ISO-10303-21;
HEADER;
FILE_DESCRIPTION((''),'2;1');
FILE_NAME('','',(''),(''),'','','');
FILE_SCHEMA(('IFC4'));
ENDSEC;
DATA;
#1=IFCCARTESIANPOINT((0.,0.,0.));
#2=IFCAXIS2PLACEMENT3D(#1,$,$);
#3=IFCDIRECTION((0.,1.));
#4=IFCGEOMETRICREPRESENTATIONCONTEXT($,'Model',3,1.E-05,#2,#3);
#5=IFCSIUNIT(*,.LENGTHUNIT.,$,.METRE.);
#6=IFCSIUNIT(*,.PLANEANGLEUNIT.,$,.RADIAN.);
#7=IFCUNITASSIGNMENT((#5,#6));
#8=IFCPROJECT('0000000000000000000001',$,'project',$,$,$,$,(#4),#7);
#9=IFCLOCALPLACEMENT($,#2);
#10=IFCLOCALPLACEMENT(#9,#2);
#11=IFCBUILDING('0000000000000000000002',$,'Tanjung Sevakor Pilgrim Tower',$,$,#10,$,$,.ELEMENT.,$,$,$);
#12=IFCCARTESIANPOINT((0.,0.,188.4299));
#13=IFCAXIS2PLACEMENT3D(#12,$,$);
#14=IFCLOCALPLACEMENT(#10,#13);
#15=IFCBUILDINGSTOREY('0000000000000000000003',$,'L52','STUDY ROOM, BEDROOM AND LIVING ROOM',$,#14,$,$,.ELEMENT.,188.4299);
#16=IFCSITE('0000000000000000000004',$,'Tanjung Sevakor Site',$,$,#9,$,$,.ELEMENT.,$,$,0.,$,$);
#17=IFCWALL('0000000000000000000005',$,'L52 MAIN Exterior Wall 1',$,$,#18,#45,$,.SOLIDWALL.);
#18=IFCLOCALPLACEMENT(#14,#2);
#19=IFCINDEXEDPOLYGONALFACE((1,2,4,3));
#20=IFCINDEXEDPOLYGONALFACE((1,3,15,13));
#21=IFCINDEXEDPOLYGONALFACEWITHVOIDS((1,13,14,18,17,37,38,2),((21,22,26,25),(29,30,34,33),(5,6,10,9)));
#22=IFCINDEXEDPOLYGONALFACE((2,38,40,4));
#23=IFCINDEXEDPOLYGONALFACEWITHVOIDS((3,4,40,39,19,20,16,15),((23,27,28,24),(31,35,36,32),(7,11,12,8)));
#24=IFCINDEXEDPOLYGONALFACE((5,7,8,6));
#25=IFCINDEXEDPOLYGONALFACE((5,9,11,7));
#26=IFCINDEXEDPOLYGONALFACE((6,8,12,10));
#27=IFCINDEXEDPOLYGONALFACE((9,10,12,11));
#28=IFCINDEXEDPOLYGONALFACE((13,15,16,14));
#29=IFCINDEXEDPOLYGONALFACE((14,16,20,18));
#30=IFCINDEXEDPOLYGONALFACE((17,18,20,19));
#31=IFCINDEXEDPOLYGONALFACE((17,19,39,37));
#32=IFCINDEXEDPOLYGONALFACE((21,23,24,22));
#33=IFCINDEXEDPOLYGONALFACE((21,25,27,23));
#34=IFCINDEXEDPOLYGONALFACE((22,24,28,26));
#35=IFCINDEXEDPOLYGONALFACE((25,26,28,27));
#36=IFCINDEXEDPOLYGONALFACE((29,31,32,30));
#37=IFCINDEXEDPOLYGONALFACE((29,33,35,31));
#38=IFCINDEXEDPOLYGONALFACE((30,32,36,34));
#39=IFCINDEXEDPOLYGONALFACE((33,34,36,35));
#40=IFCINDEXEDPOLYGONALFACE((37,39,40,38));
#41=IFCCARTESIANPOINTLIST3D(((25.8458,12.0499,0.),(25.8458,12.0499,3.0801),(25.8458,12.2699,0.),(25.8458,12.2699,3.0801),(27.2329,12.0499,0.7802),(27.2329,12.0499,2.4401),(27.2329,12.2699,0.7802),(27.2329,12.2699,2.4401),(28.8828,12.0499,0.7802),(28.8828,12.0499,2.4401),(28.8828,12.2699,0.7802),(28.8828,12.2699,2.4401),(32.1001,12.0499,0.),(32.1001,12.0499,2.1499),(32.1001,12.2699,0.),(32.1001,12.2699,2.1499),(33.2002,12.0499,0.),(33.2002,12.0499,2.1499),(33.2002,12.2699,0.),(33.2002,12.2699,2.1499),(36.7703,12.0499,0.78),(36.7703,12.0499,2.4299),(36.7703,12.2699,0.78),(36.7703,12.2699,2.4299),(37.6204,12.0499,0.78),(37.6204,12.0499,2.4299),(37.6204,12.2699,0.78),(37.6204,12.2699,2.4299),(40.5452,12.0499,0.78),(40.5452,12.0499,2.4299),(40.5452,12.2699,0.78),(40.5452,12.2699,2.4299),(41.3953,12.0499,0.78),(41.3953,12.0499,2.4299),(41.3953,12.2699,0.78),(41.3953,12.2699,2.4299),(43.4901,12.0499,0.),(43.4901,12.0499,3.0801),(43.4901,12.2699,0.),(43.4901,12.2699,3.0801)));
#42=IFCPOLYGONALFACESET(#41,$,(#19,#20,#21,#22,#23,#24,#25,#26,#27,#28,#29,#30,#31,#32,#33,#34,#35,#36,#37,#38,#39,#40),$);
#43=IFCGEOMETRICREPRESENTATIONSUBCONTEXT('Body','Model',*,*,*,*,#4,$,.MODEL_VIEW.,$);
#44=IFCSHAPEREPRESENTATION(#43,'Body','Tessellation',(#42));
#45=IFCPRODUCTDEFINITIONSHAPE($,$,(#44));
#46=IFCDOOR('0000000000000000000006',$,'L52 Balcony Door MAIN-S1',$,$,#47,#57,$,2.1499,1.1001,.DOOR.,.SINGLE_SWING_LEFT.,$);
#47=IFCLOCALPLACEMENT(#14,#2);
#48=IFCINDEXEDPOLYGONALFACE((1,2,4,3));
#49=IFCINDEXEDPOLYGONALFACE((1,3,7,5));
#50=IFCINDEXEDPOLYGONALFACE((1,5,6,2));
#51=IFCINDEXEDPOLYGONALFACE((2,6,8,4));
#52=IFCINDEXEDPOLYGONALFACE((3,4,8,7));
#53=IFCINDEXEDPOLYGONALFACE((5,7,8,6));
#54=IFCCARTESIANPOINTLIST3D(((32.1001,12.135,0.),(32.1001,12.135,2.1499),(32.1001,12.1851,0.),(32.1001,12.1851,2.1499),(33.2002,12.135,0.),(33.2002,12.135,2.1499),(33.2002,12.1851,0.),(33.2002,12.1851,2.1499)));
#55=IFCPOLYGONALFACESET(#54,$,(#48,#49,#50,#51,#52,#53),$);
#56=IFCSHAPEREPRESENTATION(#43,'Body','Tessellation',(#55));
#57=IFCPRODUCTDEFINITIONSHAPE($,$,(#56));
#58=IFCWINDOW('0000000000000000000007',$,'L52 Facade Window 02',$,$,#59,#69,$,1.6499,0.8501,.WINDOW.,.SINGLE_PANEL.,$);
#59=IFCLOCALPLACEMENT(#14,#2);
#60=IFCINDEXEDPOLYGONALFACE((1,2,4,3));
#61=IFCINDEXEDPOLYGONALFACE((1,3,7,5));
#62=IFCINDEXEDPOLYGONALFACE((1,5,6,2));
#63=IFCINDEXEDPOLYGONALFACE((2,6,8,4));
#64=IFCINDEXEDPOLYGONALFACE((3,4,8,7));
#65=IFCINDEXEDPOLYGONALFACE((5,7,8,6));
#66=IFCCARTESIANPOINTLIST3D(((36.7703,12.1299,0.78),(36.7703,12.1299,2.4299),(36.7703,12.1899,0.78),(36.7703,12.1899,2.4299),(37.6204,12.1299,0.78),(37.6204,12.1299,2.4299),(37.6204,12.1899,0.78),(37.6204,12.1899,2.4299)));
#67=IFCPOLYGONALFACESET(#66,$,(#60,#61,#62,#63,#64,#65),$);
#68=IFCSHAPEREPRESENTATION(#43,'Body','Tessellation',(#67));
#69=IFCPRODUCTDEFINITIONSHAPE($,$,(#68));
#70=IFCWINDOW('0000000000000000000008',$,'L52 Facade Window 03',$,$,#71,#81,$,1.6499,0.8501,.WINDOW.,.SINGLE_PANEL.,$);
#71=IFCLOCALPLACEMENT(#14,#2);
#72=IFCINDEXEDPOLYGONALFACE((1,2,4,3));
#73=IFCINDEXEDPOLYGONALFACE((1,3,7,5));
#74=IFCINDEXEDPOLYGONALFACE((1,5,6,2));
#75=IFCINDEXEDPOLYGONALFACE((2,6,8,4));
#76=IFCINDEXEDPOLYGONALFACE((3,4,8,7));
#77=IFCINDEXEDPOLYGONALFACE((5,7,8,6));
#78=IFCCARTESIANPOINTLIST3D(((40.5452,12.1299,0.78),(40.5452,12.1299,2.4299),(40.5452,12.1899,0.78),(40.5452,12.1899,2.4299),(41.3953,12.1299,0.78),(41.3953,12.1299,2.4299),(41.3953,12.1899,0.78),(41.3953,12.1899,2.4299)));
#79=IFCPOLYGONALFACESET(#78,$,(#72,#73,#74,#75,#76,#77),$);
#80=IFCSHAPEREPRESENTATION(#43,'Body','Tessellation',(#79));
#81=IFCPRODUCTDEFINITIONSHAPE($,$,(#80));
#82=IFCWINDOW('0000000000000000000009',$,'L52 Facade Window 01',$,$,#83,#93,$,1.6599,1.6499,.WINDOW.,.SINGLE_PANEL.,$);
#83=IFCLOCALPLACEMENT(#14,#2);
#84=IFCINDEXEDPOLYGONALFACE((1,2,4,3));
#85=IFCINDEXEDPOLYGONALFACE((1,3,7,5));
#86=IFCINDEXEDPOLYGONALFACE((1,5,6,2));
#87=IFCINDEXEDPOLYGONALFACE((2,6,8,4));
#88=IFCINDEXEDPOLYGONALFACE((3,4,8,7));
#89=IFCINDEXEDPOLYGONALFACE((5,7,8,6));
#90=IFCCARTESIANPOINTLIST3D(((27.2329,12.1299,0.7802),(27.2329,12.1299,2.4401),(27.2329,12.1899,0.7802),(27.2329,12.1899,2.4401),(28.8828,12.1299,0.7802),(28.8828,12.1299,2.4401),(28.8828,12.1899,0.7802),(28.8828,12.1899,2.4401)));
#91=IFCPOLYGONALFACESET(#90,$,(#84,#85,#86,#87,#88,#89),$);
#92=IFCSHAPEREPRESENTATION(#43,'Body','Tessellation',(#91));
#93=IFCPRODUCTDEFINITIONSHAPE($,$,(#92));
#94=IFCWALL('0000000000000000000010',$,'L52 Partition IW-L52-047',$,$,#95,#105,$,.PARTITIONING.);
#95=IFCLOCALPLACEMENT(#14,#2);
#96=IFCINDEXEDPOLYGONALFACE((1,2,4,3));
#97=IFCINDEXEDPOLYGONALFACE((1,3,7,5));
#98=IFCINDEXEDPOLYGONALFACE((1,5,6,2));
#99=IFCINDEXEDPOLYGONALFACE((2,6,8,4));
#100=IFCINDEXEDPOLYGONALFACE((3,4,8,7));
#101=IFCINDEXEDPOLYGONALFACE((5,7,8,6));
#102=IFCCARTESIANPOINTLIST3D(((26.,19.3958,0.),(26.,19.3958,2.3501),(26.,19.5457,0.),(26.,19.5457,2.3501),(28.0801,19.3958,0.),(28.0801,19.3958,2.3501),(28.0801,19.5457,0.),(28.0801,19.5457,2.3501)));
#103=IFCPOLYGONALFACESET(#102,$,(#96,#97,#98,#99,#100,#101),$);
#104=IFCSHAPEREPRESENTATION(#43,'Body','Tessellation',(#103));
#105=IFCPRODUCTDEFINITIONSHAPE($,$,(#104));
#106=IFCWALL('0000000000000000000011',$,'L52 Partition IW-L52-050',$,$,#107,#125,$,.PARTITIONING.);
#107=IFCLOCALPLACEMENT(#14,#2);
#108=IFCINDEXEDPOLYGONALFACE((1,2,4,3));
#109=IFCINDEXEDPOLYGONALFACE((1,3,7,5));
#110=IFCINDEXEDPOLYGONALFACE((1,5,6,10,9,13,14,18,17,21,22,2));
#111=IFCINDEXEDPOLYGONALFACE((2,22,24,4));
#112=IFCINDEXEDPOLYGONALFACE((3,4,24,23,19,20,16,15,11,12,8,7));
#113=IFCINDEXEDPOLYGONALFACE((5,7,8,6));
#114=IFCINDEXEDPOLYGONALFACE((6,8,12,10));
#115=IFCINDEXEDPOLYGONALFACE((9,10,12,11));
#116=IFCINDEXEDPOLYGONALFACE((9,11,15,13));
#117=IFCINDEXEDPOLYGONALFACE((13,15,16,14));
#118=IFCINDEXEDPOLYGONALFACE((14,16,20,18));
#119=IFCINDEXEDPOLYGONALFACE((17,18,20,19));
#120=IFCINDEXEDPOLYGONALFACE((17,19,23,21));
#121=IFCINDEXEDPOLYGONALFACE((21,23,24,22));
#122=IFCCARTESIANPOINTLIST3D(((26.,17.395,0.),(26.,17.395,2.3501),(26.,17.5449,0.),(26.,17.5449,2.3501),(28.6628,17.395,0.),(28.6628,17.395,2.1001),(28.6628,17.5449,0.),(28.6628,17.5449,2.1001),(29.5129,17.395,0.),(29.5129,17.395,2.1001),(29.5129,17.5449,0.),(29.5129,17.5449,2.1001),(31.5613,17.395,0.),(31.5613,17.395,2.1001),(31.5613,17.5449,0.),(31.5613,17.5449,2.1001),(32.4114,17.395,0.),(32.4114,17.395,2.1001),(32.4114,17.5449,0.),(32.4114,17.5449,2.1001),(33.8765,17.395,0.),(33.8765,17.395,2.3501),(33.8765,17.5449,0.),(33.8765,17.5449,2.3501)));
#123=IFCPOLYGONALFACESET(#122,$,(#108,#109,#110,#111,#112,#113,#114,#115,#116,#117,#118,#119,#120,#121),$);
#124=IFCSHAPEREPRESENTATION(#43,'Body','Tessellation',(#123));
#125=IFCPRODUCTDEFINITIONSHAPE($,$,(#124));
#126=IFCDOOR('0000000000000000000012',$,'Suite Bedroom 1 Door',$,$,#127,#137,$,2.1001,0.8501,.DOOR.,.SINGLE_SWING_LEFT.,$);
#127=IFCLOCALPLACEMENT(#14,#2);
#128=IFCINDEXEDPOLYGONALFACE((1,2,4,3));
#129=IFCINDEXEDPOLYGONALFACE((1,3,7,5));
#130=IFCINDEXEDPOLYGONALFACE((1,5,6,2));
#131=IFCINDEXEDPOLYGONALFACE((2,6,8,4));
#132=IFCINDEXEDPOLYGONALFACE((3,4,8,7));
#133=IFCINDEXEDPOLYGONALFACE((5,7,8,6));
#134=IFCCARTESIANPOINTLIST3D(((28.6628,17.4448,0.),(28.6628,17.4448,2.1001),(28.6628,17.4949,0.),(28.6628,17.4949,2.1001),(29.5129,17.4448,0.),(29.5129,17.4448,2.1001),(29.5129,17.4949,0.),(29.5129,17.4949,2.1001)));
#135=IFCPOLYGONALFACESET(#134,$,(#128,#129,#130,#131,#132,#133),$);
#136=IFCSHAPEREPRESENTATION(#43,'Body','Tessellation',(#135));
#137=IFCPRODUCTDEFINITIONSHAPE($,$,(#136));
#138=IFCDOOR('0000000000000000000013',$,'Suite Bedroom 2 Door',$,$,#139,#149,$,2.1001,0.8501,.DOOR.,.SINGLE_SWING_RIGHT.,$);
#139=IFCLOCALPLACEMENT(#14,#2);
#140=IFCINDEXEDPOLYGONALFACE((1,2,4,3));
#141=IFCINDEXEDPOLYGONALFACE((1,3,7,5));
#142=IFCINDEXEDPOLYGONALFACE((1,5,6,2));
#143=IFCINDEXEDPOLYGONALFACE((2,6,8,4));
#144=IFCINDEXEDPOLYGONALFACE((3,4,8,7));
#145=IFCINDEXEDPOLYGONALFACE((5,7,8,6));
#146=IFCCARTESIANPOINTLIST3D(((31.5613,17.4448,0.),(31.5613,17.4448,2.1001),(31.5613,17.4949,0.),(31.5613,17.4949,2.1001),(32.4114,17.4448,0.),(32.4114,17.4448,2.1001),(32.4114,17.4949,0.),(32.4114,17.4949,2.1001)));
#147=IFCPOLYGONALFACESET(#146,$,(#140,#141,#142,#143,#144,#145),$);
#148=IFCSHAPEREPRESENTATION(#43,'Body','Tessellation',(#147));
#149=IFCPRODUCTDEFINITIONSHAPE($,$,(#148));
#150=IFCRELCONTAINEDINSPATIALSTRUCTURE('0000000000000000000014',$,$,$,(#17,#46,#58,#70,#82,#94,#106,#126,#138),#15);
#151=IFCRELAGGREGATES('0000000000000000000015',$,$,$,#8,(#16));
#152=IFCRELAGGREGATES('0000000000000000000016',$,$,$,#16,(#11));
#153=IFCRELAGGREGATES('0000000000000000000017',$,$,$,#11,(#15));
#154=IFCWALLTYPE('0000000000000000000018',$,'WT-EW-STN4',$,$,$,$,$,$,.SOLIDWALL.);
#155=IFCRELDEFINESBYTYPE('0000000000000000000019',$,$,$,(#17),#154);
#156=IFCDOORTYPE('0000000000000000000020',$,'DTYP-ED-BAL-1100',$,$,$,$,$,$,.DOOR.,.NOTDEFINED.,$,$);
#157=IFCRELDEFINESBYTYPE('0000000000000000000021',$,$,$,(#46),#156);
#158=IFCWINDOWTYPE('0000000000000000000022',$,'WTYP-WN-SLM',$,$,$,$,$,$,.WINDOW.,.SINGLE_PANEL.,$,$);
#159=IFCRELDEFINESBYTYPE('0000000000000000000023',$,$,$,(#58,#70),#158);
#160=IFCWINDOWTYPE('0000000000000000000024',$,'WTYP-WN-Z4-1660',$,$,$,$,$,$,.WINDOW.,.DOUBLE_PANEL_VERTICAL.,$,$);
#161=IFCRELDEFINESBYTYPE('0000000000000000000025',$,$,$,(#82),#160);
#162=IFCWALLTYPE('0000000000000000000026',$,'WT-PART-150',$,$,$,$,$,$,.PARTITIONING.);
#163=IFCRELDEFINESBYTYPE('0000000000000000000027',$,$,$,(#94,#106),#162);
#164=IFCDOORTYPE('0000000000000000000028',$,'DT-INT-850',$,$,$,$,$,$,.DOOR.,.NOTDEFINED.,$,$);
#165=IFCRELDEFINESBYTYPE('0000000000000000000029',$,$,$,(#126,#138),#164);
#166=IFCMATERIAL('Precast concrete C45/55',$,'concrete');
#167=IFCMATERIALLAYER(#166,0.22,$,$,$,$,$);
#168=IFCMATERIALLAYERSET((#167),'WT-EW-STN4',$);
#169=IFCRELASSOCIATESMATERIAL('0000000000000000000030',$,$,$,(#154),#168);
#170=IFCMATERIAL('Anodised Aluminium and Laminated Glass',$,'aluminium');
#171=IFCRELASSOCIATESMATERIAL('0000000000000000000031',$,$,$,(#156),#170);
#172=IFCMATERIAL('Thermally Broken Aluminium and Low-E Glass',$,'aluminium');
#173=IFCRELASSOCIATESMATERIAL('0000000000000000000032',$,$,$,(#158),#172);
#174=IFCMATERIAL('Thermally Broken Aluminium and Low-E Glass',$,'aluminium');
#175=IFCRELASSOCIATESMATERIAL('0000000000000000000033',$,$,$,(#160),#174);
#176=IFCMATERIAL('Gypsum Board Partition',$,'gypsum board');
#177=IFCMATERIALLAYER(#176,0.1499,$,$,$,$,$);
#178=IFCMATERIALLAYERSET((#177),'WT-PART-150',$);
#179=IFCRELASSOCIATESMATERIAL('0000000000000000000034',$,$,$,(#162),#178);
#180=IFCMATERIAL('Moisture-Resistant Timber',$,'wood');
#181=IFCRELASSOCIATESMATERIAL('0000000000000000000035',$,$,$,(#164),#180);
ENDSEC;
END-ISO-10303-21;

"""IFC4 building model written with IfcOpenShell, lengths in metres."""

from ifc_helpers import new_model, si_unit, direction, frame, frame_2d, origin, place, context, subcontext, project, spatial, rectangle, extrude, material, layer, layer_set, type_object, element, fill, save


model = new_model("IFC4")

# Units and contexts
model_context = context("Model", 3, precision=1e-05, world=origin(), true_north=direction((0.0, 1.0)))
body_context = subcontext(model_context, "Body", "Model", "MODEL_VIEW")
ifc_project = project(units=[si_unit("LENGTHUNIT", "METRE"), si_unit("PLANEANGLEUNIT", "RADIAN")], contexts=[model_context])

# Site, building, storey
site_placement = place(None, origin())
site = spatial("IfcSite", under=ifc_project, at=site_placement, Name="Tanjung Sevakor Site", CompositionType="ELEMENT", RefElevation=0.0)
building_placement = place(site_placement, origin())
building = spatial("IfcBuilding", under=site, at=building_placement, Name="Tanjung Sevakor Pilgrim Tower", CompositionType="ELEMENT")
storey_placement = place(building_placement, frame((0.0, 0.0, 188.4299)))
storey = spatial("IfcBuildingStorey", under=building, at=storey_placement, Name="L52", Description="STUDY ROOM, BEDROOM AND LIVING ROOM", CompositionType="ELEMENT", Elevation=188.4299)

# Wall, openings, door, windows
ifc_material_1 = material(Name="Precast concrete C45/55", Category="concrete")
ifc_layer_1 = layer(ifc_material_1, 0.22)
ifc_layer_set_1 = layer_set([ifc_layer_1], Name="WT-EW-STN4")
wall_type_1 = type_object("IfcWallType", Name="WT-EW-STN4", PredefinedType="SOLIDWALL", material=ifc_layer_set_1)
wall_1_placement = place(storey_placement, frame((25.8457, 12.1599, 0.0), z_axis=(0.0, 0.0, 1.0), x_axis=(1.0, 0.0, 0.0)))
wall_1 = element("IfcWall", 1, at=wall_1_placement, inside=storey, type_object=wall_type_1, Name="L52 MAIN Exterior Wall 1", PredefinedType="SOLIDWALL", context=body_context, shape_type="SweptSolid", body=[
    extrude(rectangle(XDim=17.6443, YDim=0.22, at=frame_2d((8.8223, 0.0))), origin(), (0.0, 0.0, 1.0), 3.0801),
])
opening_1_placement = place(wall_1_placement, frame((6.2544, 0.0, 0.0)))
opening_1 = element("IfcOpeningElement", 2, at=opening_1_placement, cuts=wall_1, PredefinedType="OPENING", context=body_context, shape_type="SweptSolid", body=[
    extrude(rectangle(XDim=1.1001, YDim=2.1499, at=frame_2d((0.55, 1.075))), frame((0.0, 0.1199, 0.0), z_axis=(0.0, -1.0, 0.0), x_axis=(1.0, 0.0, 0.0)), (0.0, 0.0, 1.0), 0.24),
])
opening_2_placement = place(wall_1_placement, frame((1.3872, 0.0, 0.78)))
opening_2 = element("IfcOpeningElement", 3, at=opening_2_placement, cuts=wall_1, PredefinedType="OPENING", context=body_context, shape_type="SweptSolid", body=[
    extrude(rectangle(XDim=1.6499, YDim=1.6599, at=frame_2d((0.825, 0.8301))), frame((0.0, 0.1199, 0.0), z_axis=(0.0, -1.0, 0.0), x_axis=(1.0, 0.0, 0.0)), (0.0, 0.0, 1.0), 0.24),
])
opening_3_placement = place(wall_1_placement, frame((10.9246, 0.0, 0.78)))
opening_3 = element("IfcOpeningElement", 4, at=opening_3_placement, cuts=wall_1, PredefinedType="OPENING", context=body_context, shape_type="SweptSolid", body=[
    extrude(rectangle(XDim=0.8501, YDim=1.6499, at=frame_2d((0.425, 0.825))), frame((0.0, 0.1199, 0.0), z_axis=(0.0, -1.0, 0.0), x_axis=(1.0, 0.0, 0.0)), (0.0, 0.0, 1.0), 0.24),
])
opening_4_placement = place(wall_1_placement, frame((14.6995, 0.0, 0.78)))
opening_4 = element("IfcOpeningElement", 5, at=opening_4_placement, cuts=wall_1, PredefinedType="OPENING", context=body_context, shape_type="SweptSolid", body=[
    extrude(rectangle(XDim=0.8501, YDim=1.6499, at=frame_2d((0.425, 0.825))), frame((0.0, 0.1199, 0.0), z_axis=(0.0, -1.0, 0.0), x_axis=(1.0, 0.0, 0.0)), (0.0, 0.0, 1.0), 0.24),
])
ifc_material_2 = material(Name="Anodised Aluminium and Laminated Glass", Category="aluminium")
door_type_1 = type_object("IfcDoorType", Name="DTYP-ED-BAL-1100", OperationType="NOTDEFINED", PredefinedType="DOOR", material=ifc_material_2)
door_1_placement = place(opening_1_placement, frame((1.1001, 0.0, 0.0), z_axis=(0.0, 0.0, 1.0), x_axis=(-1.0, 0.0, 0.0)))
door_1 = element("IfcDoor", 6, at=door_1_placement, inside=storey, type_object=door_type_1, Name="L52 Balcony Door MAIN-S1", OperationType="SINGLE_SWING_LEFT", OverallHeight=2.1499, OverallWidth=1.1001, PredefinedType="DOOR", context=body_context, shape_type="SweptSolid", body=[
    extrude(rectangle(XDim=1.1001, YDim=2.1499, at=frame_2d((0.55, 1.075))), frame((0.0, 0.0249, 0.0), z_axis=(0.0, -1.0, 0.0), x_axis=(1.0, 0.0, 0.0)), (0.0, 0.0, 1.0), 0.05),
])
fill(opening_1, door_1)
ifc_material_3 = material(Name="Thermally Broken Aluminium and Low-E Glass", Category="aluminium")
window_type_1 = type_object("IfcWindowType", Name="WTYP-WN-SLM", PartitioningType="SINGLE_PANEL", PredefinedType="WINDOW", material=ifc_material_3)
window_1_placement = place(opening_3_placement, origin())
window_1 = element("IfcWindow", 7, at=window_1_placement, inside=storey, type_object=window_type_1, Name="L52 Facade Window 02", OverallHeight=1.6499, OverallWidth=0.8501, PartitioningType="SINGLE_PANEL", PredefinedType="WINDOW", context=body_context, shape_type="SweptSolid", body=[
    extrude(rectangle(XDim=0.8501, YDim=1.6499, at=frame_2d((0.425, 0.825))), frame((0.0, 0.03, 0.0), z_axis=(0.0, -1.0, 0.0), x_axis=(1.0, 0.0, 0.0)), (0.0, 0.0, 1.0), 0.0601),
])
fill(opening_3, window_1)
window_2_placement = place(opening_4_placement, origin())
window_2 = element("IfcWindow", 8, at=window_2_placement, inside=storey, type_object=window_type_1, Name="L52 Facade Window 03", OverallHeight=1.6499, OverallWidth=0.8501, PartitioningType="SINGLE_PANEL", PredefinedType="WINDOW", context=body_context, shape_type="SweptSolid", body=[
    extrude(rectangle(XDim=0.8501, YDim=1.6499, at=frame_2d((0.425, 0.825))), frame((0.0, 0.03, 0.0), z_axis=(0.0, -1.0, 0.0), x_axis=(1.0, 0.0, 0.0)), (0.0, 0.0, 1.0), 0.0601),
])
fill(opening_4, window_2)
ifc_material_4 = material(Name="Thermally Broken Aluminium and Low-E Glass", Category="aluminium")
window_type_2 = type_object("IfcWindowType", Name="WTYP-WN-Z4-1660", PartitioningType="DOUBLE_PANEL_VERTICAL", PredefinedType="WINDOW", material=ifc_material_4)
window_3_placement = place(opening_2_placement, origin())
window_3 = element("IfcWindow", 9, at=window_3_placement, inside=storey, type_object=window_type_2, Name="L52 Facade Window 01", OverallHeight=1.6599, OverallWidth=1.6499, PartitioningType="SINGLE_PANEL", PredefinedType="WINDOW", context=body_context, shape_type="SweptSolid", body=[
    extrude(rectangle(XDim=1.6499, YDim=1.6599, at=frame_2d((0.825, 0.8301))), frame((0.0, 0.03, 0.0), z_axis=(0.0, -1.0, 0.0), x_axis=(1.0, 0.0, 0.0)), (0.0, 0.0, 1.0), 0.0601),
])
fill(opening_2, window_3)

# Wall
ifc_material_5 = material(Name="Gypsum Board Partition", Category="gypsum board")
ifc_layer_2 = layer(ifc_material_5, 0.1499)
ifc_layer_set_2 = layer_set([ifc_layer_2], Name="WT-PART-150")
wall_type_2 = type_object("IfcWallType", Name="WT-PART-150", PredefinedType="PARTITIONING", material=ifc_layer_set_2)
wall_2_placement = place(storey_placement, frame((26.0, 19.4707, 0.0), z_axis=(0.0, 0.0, 1.0), x_axis=(1.0, 0.0, 0.0)))
element("IfcWall", 10, at=wall_2_placement, inside=storey, type_object=wall_type_2, Name="L52 Partition IW-L52-047", PredefinedType="PARTITIONING", context=body_context, shape_type="SweptSolid", body=[
    extrude(rectangle(XDim=2.0801, YDim=0.1499, at=frame_2d((1.04, 0.0))), origin(), (0.0, 0.0, 1.0), 2.3501),
])

# Wall, openings, doors
wall_3_placement = place(storey_placement, frame((26.0, 17.47, 0.0), z_axis=(0.0, 0.0, 1.0), x_axis=(1.0, 0.0, 0.0)))
wall_3 = element("IfcWall", 11, at=wall_3_placement, inside=storey, type_object=wall_type_2, Name="L52 Partition IW-L52-050", PredefinedType="PARTITIONING", context=body_context, shape_type="SweptSolid", body=[
    extrude(rectangle(XDim=7.8765, YDim=0.1499, at=frame_2d((3.9382, 0.0))), origin(), (0.0, 0.0, 1.0), 2.3501),
])
opening_5_placement = place(wall_3_placement, frame((2.6628, 0.0, 0.0)))
opening_5 = element("IfcOpeningElement", 12, at=opening_5_placement, cuts=wall_3, PredefinedType="OPENING", context=body_context, shape_type="SweptSolid", body=[
    extrude(rectangle(XDim=0.8501, YDim=2.1001, at=frame_2d((0.425, 1.05))), frame((0.0, 0.085, 0.0), z_axis=(0.0, -1.0, 0.0), x_axis=(1.0, 0.0, 0.0)), (0.0, 0.0, 1.0), 0.1699),
])
opening_6_placement = place(wall_3_placement, frame((5.5613, 0.0, 0.0)))
opening_6 = element("IfcOpeningElement", 13, at=opening_6_placement, cuts=wall_3, PredefinedType="OPENING", context=body_context, shape_type="SweptSolid", body=[
    extrude(rectangle(XDim=0.8501, YDim=2.1001, at=frame_2d((0.425, 1.05))), frame((0.0, 0.085, 0.0), z_axis=(0.0, -1.0, 0.0), x_axis=(1.0, 0.0, 0.0)), (0.0, 0.0, 1.0), 0.1699),
])
ifc_material_6 = material(Name="Moisture-Resistant Timber", Category="wood")
door_type_2 = type_object("IfcDoorType", Name="DT-INT-850", OperationType="NOTDEFINED", PredefinedType="DOOR", material=ifc_material_6)
door_2_placement = place(opening_5_placement, origin())
door_2 = element("IfcDoor", 14, at=door_2_placement, inside=storey, type_object=door_type_2, Name="Suite Bedroom 1 Door", OperationType="SINGLE_SWING_LEFT", OverallHeight=2.1001, OverallWidth=0.8501, PredefinedType="DOOR", context=body_context, shape_type="SweptSolid", body=[
    extrude(rectangle(XDim=0.8501, YDim=2.1001, at=frame_2d((0.425, 1.05))), frame((0.0, 0.0249, 0.0), z_axis=(0.0, -1.0, 0.0), x_axis=(1.0, 0.0, 0.0)), (0.0, 0.0, 1.0), 0.05),
])
fill(opening_5, door_2)
door_3_placement = place(opening_6_placement, origin())
door_3 = element("IfcDoor", 15, at=door_3_placement, inside=storey, type_object=door_type_2, Name="Suite Bedroom 2 Door", OperationType="SINGLE_SWING_RIGHT", OverallHeight=2.1001, OverallWidth=0.8501, PredefinedType="DOOR", context=body_context, shape_type="SweptSolid", body=[
    extrude(rectangle(XDim=0.8501, YDim=2.1001, at=frame_2d((0.425, 1.05))), frame((0.0, 0.0249, 0.0), z_axis=(0.0, -1.0, 0.0), x_axis=(1.0, 0.0, 0.0)), (0.0, 0.0, 1.0), 0.05),
])
fill(opening_6, door_3)

save(model, "model.ifc")
